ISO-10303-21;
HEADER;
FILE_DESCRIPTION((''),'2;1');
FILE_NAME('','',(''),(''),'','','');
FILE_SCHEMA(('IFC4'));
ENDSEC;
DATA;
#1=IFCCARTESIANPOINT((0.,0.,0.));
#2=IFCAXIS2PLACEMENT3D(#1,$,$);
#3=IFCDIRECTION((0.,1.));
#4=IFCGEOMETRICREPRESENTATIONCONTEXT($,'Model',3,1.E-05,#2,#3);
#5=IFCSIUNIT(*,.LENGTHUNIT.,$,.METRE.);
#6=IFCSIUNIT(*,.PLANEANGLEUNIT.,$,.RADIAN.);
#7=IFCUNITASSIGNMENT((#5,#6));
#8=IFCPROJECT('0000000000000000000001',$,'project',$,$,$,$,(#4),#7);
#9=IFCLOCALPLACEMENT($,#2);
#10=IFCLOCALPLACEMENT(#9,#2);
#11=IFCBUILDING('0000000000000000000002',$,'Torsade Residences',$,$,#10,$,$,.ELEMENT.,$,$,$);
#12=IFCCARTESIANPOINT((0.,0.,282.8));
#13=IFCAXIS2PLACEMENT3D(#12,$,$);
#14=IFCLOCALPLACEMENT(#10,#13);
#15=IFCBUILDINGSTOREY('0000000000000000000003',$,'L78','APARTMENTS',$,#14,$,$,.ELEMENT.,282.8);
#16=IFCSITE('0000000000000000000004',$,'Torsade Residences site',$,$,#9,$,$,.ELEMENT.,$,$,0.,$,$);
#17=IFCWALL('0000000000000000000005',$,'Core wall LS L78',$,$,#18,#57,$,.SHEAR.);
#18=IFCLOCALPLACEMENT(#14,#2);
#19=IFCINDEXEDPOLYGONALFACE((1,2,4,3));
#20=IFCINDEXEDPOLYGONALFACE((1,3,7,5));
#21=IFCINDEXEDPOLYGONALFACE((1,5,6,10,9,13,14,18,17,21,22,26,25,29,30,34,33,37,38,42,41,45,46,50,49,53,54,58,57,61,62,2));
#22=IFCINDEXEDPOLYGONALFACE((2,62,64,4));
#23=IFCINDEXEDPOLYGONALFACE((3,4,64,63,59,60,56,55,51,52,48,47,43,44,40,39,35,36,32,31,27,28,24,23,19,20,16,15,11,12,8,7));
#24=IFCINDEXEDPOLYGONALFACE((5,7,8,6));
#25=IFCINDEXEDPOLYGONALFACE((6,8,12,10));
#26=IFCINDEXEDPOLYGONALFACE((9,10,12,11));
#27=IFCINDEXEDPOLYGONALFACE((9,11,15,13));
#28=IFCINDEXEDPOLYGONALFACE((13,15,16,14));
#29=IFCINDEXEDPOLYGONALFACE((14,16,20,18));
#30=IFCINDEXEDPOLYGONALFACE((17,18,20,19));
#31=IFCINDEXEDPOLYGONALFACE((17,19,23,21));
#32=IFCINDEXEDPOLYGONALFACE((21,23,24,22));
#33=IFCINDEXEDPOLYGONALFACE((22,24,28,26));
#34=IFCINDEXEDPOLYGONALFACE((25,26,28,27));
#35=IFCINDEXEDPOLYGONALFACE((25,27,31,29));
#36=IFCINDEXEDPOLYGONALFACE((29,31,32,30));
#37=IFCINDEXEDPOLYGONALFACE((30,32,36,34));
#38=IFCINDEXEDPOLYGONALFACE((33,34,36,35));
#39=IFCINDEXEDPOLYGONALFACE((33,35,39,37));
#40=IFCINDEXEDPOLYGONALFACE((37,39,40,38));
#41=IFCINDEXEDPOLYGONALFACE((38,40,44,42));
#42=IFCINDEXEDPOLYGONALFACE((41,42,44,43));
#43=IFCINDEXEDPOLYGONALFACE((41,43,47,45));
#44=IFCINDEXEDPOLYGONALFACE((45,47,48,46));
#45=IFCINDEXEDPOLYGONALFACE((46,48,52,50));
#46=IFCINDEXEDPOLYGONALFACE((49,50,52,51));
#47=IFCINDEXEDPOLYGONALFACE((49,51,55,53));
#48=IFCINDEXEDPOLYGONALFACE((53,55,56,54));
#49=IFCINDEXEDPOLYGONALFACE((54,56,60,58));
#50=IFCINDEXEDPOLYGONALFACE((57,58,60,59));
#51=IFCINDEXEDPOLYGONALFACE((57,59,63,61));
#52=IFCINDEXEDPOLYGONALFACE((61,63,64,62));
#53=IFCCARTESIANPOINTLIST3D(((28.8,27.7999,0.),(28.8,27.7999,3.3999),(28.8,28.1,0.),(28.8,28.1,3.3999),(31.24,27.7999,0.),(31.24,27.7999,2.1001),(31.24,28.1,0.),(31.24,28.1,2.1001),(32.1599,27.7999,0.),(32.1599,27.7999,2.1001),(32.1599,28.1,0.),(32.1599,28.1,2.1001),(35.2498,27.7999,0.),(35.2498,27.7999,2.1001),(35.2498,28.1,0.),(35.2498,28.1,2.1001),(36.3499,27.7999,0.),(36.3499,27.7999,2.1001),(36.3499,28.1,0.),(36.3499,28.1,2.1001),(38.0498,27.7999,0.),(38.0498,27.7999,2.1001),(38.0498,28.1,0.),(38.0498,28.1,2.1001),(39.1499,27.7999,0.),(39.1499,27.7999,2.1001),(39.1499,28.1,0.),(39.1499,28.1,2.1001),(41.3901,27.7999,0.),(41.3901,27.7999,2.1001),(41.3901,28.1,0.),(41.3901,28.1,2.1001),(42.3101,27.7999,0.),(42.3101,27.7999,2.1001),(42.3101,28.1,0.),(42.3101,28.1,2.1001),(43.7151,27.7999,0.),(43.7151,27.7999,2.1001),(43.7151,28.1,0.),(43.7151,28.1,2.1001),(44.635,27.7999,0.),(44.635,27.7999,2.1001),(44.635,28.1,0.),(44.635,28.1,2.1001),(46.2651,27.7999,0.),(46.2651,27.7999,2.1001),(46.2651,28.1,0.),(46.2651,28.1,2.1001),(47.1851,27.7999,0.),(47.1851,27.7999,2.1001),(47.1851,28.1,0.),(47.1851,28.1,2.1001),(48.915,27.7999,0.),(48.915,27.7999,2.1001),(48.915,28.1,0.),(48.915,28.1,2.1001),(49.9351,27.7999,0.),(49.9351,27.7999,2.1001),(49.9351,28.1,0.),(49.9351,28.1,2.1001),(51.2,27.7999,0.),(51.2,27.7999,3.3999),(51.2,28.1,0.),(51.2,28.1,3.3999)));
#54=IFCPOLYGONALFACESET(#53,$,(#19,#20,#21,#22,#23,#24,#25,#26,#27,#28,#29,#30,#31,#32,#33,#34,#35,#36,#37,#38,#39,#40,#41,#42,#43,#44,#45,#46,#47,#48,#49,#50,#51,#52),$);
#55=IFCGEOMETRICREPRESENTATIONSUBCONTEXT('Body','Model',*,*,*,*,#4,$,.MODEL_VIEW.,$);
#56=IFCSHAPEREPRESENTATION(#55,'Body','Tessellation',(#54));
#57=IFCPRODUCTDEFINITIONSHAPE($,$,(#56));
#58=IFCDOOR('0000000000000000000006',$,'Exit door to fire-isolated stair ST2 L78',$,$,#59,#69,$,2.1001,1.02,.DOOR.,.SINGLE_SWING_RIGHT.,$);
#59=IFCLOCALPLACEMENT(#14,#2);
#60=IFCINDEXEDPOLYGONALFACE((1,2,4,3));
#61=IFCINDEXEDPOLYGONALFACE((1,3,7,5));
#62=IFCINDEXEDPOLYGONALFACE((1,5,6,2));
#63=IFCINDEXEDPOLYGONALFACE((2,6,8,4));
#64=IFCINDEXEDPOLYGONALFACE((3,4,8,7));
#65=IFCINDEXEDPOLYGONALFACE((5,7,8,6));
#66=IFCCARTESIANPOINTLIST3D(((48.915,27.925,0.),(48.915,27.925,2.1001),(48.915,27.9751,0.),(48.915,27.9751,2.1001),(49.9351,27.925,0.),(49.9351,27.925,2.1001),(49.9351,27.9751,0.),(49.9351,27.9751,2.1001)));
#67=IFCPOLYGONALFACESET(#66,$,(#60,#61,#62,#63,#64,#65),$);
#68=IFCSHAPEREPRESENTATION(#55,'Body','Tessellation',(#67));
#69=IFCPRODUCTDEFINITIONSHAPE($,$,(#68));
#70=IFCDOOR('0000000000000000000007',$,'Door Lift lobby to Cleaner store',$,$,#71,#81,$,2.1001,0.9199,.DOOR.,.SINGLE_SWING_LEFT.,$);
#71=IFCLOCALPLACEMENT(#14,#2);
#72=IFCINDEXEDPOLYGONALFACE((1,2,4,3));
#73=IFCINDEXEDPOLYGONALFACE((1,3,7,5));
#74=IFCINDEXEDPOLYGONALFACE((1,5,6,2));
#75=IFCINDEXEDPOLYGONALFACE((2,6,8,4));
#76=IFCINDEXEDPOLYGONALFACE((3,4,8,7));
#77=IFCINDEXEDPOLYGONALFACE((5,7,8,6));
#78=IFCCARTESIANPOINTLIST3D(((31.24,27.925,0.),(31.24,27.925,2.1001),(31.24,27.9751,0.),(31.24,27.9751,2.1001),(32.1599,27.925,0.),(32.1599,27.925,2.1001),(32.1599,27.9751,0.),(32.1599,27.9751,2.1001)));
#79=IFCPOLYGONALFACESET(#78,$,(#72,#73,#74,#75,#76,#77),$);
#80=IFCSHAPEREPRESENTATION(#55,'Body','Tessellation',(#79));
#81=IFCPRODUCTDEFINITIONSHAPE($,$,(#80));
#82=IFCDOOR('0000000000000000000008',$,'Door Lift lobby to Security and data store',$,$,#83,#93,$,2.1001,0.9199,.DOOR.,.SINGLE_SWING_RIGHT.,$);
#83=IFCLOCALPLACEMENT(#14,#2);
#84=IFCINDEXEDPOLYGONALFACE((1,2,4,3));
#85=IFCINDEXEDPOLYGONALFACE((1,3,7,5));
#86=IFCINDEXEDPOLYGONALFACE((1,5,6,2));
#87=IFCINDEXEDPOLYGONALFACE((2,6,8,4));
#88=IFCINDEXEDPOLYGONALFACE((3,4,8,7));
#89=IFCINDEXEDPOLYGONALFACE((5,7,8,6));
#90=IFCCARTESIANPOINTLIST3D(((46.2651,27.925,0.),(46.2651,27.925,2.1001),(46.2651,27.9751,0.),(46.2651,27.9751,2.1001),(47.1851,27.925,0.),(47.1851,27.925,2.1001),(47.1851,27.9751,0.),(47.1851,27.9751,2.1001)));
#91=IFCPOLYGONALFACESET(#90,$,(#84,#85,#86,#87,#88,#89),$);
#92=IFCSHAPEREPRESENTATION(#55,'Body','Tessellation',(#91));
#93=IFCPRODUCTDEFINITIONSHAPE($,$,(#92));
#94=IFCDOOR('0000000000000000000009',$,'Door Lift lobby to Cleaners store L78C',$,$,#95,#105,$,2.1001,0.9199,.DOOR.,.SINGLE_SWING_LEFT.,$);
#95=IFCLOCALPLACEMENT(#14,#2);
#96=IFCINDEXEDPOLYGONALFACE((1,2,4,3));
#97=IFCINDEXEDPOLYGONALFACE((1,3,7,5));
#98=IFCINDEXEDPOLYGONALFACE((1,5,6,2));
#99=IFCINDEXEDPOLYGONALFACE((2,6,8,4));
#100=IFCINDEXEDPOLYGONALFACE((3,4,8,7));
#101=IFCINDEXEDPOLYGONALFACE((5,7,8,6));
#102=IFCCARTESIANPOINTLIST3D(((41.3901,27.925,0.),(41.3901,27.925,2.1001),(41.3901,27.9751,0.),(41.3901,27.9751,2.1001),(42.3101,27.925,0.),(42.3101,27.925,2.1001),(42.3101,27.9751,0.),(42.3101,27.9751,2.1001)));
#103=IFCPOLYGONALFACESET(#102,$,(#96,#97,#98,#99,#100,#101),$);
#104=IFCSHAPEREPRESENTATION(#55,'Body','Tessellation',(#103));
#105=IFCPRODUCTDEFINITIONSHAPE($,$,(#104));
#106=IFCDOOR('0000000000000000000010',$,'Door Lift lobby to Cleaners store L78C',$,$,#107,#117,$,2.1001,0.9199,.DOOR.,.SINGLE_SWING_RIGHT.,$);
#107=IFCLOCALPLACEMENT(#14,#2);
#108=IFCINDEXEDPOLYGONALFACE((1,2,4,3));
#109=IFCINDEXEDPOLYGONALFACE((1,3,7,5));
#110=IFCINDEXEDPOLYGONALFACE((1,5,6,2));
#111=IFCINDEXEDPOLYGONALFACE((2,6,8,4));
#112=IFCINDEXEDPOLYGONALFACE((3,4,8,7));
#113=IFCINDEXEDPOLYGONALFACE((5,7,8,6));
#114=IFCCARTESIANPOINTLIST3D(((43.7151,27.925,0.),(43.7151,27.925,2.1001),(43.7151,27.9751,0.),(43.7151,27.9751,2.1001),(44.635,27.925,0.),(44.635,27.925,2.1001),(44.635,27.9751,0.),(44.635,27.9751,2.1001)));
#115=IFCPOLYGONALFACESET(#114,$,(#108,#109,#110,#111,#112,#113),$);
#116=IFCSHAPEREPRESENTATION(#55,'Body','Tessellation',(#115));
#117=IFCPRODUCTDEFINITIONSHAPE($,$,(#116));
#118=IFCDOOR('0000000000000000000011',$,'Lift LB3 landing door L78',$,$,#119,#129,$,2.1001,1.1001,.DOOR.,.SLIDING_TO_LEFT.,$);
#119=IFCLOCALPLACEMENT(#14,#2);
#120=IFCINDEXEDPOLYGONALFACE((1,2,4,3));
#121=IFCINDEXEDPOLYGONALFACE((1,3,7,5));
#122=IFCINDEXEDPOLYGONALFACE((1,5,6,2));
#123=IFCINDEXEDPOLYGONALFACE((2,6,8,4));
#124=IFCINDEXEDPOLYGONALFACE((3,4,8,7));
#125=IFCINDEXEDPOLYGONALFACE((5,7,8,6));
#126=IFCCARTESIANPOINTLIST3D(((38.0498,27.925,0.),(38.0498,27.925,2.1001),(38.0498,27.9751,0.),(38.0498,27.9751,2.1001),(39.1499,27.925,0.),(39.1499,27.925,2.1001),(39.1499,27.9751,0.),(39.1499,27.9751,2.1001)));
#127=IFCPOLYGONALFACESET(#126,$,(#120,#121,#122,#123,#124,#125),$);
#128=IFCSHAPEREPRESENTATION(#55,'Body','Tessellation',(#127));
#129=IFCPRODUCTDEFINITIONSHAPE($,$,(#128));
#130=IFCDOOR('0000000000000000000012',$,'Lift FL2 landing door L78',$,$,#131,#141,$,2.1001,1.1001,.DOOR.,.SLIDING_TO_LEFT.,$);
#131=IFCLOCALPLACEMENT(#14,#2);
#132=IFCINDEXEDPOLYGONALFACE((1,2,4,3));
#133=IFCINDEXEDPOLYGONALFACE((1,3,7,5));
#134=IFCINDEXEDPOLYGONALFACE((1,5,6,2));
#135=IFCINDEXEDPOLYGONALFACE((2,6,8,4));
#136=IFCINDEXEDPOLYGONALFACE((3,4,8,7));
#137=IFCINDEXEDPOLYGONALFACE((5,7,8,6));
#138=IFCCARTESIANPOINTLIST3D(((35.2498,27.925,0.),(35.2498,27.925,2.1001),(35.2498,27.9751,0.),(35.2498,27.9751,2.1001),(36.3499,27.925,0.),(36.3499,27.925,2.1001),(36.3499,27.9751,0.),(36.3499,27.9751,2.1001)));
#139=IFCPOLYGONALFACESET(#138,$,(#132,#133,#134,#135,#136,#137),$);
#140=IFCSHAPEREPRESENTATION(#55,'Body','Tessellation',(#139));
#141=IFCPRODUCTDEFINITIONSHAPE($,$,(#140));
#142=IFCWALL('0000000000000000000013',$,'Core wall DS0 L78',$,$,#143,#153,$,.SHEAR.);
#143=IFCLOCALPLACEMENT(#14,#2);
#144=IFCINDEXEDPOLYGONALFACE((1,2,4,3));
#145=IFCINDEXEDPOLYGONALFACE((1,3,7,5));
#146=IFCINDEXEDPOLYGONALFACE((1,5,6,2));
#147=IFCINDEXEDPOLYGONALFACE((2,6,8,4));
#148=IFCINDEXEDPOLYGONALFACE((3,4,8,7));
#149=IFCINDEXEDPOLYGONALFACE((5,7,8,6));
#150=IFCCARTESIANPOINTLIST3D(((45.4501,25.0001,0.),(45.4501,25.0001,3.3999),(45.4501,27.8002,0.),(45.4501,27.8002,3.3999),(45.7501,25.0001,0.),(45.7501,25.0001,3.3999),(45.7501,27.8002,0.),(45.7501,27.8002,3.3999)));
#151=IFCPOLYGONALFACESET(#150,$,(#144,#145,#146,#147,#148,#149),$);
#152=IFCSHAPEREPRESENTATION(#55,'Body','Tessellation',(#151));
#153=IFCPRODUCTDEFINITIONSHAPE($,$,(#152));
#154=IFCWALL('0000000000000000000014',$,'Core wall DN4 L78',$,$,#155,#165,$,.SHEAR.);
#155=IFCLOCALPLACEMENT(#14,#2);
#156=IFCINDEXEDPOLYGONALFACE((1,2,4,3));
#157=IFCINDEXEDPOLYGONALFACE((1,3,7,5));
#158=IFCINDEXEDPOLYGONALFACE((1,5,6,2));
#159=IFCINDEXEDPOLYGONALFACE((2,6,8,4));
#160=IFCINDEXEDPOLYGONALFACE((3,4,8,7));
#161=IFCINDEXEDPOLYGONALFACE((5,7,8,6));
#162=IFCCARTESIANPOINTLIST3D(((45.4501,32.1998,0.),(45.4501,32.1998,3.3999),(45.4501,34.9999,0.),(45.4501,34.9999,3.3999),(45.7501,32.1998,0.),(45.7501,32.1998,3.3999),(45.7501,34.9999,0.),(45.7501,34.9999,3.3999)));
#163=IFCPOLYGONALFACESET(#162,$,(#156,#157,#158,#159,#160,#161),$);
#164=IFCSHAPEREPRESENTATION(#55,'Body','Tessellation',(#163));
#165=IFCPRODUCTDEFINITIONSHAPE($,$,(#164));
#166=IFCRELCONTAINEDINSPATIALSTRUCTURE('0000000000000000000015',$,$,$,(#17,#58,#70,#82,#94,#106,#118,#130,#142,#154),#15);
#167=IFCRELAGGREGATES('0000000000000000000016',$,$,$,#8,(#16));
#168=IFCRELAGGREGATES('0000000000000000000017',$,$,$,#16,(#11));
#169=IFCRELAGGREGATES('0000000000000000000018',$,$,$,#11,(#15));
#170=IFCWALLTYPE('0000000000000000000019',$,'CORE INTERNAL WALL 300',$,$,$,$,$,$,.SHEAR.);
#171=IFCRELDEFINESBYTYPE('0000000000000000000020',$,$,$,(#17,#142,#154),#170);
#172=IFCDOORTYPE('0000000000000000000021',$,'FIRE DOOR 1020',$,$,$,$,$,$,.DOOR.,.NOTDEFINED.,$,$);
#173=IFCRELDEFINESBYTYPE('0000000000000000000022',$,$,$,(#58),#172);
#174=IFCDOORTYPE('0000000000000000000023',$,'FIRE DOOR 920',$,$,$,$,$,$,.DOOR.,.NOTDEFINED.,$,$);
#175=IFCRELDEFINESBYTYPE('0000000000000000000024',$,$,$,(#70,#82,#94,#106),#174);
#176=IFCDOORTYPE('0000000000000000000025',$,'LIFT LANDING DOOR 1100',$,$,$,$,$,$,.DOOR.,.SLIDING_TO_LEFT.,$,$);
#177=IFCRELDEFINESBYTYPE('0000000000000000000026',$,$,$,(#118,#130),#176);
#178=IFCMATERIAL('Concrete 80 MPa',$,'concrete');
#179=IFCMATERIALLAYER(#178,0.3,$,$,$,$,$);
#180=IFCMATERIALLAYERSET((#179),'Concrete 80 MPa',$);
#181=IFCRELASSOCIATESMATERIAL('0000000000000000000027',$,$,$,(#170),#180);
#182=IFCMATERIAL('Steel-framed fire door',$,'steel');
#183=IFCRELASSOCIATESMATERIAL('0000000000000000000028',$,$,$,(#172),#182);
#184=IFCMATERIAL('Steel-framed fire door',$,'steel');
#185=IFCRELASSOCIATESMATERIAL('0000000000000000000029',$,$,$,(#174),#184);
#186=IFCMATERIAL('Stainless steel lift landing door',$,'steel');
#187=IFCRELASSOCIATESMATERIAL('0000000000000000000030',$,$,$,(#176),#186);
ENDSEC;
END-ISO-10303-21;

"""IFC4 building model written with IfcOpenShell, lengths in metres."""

from ifc_helpers import new_model, si_unit, direction, frame, frame_2d, origin, place, context, subcontext, project, spatial, rectangle, extrude, material, layer, layer_set, type_object, element, fill, save


model = new_model("IFC4")

# Units and contexts
model_context = context("Model", 3, precision=1e-05, world=origin(), true_north=direction((0.0, 1.0)))
body_context = subcontext(model_context, "Body", "Model", "MODEL_VIEW")
ifc_project = project(units=[si_unit("LENGTHUNIT", "METRE"), si_unit("PLANEANGLEUNIT", "RADIAN")], contexts=[model_context])

# Site, building, storey
site_placement = place(None, origin())
site = spatial("IfcSite", under=ifc_project, at=site_placement, Name="Torsade Residences site", CompositionType="ELEMENT", RefElevation=0.0)
building_placement = place(site_placement, origin())
building = spatial("IfcBuilding", under=site, at=building_placement, Name="Torsade Residences", CompositionType="ELEMENT")
storey_placement = place(building_placement, frame((0.0, 0.0, 282.8)))
storey = spatial("IfcBuildingStorey", under=building, at=storey_placement, Name="L78", Description="APARTMENTS", CompositionType="ELEMENT", Elevation=282.8)

# Wall, openings, doors
ifc_material_1 = material(Name="Concrete 80 MPa", Category="concrete")
ifc_layer_1 = layer(ifc_material_1, 0.3)
ifc_layer_set_1 = layer_set([ifc_layer_1], Name="Concrete 80 MPa")
wall_type_1 = type_object("IfcWallType", Name="CORE INTERNAL WALL 300", PredefinedType="SHEAR", material=ifc_layer_set_1)
wall_1_placement = place(storey_placement, frame((51.2, 27.95, 0.0), z_axis=(0.0, 0.0, 1.0), x_axis=(-1.0, 0.0, 0.0)))
wall_1 = element("IfcWall", 1, at=wall_1_placement, inside=storey, type_object=wall_type_1, Name="Core wall LS L78", PredefinedType="SHEAR", context=body_context, shape_type="SweptSolid", body=[
    extrude(rectangle(XDim=22.3999, YDim=0.3, at=frame_2d((11.2, 0.0))), origin(), (0.0, 0.0, 1.0), 3.3999),
])
opening_1_placement = place(wall_1_placement, frame((19.04, 0.0, 0.0)))
opening_1 = element("IfcOpeningElement", 2, at=opening_1_placement, cuts=wall_1, PredefinedType="OPENING", context=body_context, shape_type="SweptSolid", body=[
    extrude(rectangle(XDim=0.9199, YDim=2.1001, at=frame_2d((0.46, 1.05))), frame((0.0, 0.1599, 0.0), z_axis=(0.0, -1.0, 0.0), x_axis=(1.0, 0.0, 0.0)), (0.0, 0.0, 1.0), 0.3201),
])
opening_2_placement = place(wall_1_placement, frame((1.2649, 0.0, 0.0)))
opening_2 = element("IfcOpeningElement", 3, at=opening_2_placement, cuts=wall_1, PredefinedType="OPENING", context=body_context, shape_type="SweptSolid", body=[
    extrude(rectangle(XDim=1.02, YDim=2.1001, at=frame_2d((0.51, 1.05))), frame((0.0, 0.1599, 0.0), z_axis=(0.0, -1.0, 0.0), x_axis=(1.0, 0.0, 0.0)), (0.0, 0.0, 1.0), 0.3201),
])
opening_3_placement = place(wall_1_placement, frame((4.0149, 0.0, 0.0)))
opening_3 = element("IfcOpeningElement", 4, at=opening_3_placement, cuts=wall_1, PredefinedType="OPENING", context=body_context, shape_type="SweptSolid", body=[
    extrude(rectangle(XDim=0.9199, YDim=2.1001, at=frame_2d((0.46, 1.05))), frame((0.0, 0.1599, 0.0), z_axis=(0.0, -1.0, 0.0), x_axis=(1.0, 0.0, 0.0)), (0.0, 0.0, 1.0), 0.3201),
])
opening_4_placement = place(wall_1_placement, frame((8.8899, 0.0, 0.0)))
opening_4 = element("IfcOpeningElement", 5, at=opening_4_placement, cuts=wall_1, PredefinedType="OPENING", context=body_context, shape_type="SweptSolid", body=[
    extrude(rectangle(XDim=0.9199, YDim=2.1001, at=frame_2d((0.46, 1.05))), frame((0.0, 0.1599, 0.0), z_axis=(0.0, -1.0, 0.0), x_axis=(1.0, 0.0, 0.0)), (0.0, 0.0, 1.0), 0.3201),
])
opening_5_placement = place(wall_1_placement, frame((6.5649, 0.0, 0.0)))
opening_5 = element("IfcOpeningElement", 6, at=opening_5_placement, cuts=wall_1, PredefinedType="OPENING", context=body_context, shape_type="SweptSolid", body=[
    extrude(rectangle(XDim=0.9199, YDim=2.1001, at=frame_2d((0.46, 1.05))), frame((0.0, 0.1599, 0.0), z_axis=(0.0, -1.0, 0.0), x_axis=(1.0, 0.0, 0.0)), (0.0, 0.0, 1.0), 0.3201),
])
opening_6_placement = place(wall_1_placement, frame((12.05, 0.0, 0.0)))
opening_6 = element("IfcOpeningElement", 7, at=opening_6_placement, cuts=wall_1, PredefinedType="OPENING", context=body_context, shape_type="SweptSolid", body=[
    extrude(rectangle(XDim=1.1001, YDim=2.1001, at=frame_2d((0.55, 1.05))), frame((0.0, 0.1599, 0.0), z_axis=(0.0, -1.0, 0.0), x_axis=(1.0, 0.0, 0.0)), (0.0, 0.0, 1.0), 0.3201),
])
opening_7_placement = place(wall_1_placement, frame((14.8501, 0.0, 0.0)))
opening_7 = element("IfcOpeningElement", 8, at=opening_7_placement, cuts=wall_1, PredefinedType="OPENING", context=body_context, shape_type="SweptSolid", body=[
    extrude(rectangle(XDim=1.1001, YDim=2.1001, at=frame_2d((0.55, 1.05))), frame((0.0, 0.1599, 0.0), z_axis=(0.0, -1.0, 0.0), x_axis=(1.0, 0.0, 0.0)), (0.0, 0.0, 1.0), 0.3201),
])
ifc_material_2 = material(Name="Steel-framed fire door", Category="steel")
door_type_1 = type_object("IfcDoorType", Name="FIRE DOOR 1020", OperationType="NOTDEFINED", PredefinedType="DOOR", material=ifc_material_2)
door_1_placement = place(opening_2_placement, origin())
door_1 = element("IfcDoor", 9, at=door_1_placement, inside=storey, type_object=door_type_1, Name="Exit door to fire-isolated stair ST2 L78", OperationType="SINGLE_SWING_RIGHT", OverallHeight=2.1001, OverallWidth=1.02, PredefinedType="DOOR", context=body_context, shape_type="SweptSolid", body=[
    extrude(rectangle(XDim=1.02, YDim=2.1001, at=frame_2d((0.51, 1.05))), frame((0.0, 0.0249, 0.0), z_axis=(0.0, -1.0, 0.0), x_axis=(1.0, 0.0, 0.0)), (0.0, 0.0, 1.0), 0.05),
])
fill(opening_2, door_1)
ifc_material_3 = material(Name="Steel-framed fire door", Category="steel")
door_type_2 = type_object("IfcDoorType", Name="FIRE DOOR 920", OperationType="NOTDEFINED", PredefinedType="DOOR", material=ifc_material_3)
door_2_placement = place(opening_1_placement, origin())
door_2 = element("IfcDoor", 10, at=door_2_placement, inside=storey, type_object=door_type_2, Name="Door Lift lobby to Cleaner store", OperationType="SINGLE_SWING_LEFT", OverallHeight=2.1001, OverallWidth=0.9199, PredefinedType="DOOR", context=body_context, shape_type="SweptSolid", body=[
    extrude(rectangle(XDim=0.9199, YDim=2.1001, at=frame_2d((0.46, 1.05))), frame((0.0, 0.0249, 0.0), z_axis=(0.0, -1.0, 0.0), x_axis=(1.0, 0.0, 0.0)), (0.0, 0.0, 1.0), 0.05),
])
fill(opening_1, door_2)
door_3_placement = place(opening_3_placement, origin())
door_3 = element("IfcDoor", 11, at=door_3_placement, inside=storey, type_object=door_type_2, Name="Door Lift lobby to Security and data store", OperationType="SINGLE_SWING_RIGHT", OverallHeight=2.1001, OverallWidth=0.9199, PredefinedType="DOOR", context=body_context, shape_type="SweptSolid", body=[
    extrude(rectangle(XDim=0.9199, YDim=2.1001, at=frame_2d((0.46, 1.05))), frame((0.0, 0.0249, 0.0), z_axis=(0.0, -1.0, 0.0), x_axis=(1.0, 0.0, 0.0)), (0.0, 0.0, 1.0), 0.05),
])
fill(opening_3, door_3)
door_4_placement = place(opening_4_placement, origin())
door_4 = element("IfcDoor", 12, at=door_4_placement, inside=storey, type_object=door_type_2, Name="Door Lift lobby to Cleaners store L78C", OperationType="SINGLE_SWING_LEFT", OverallHeight=2.1001, OverallWidth=0.9199, PredefinedType="DOOR", context=body_context, shape_type="SweptSolid", body=[
    extrude(rectangle(XDim=0.9199, YDim=2.1001, at=frame_2d((0.46, 1.05))), frame((0.0, 0.0249, 0.0), z_axis=(0.0, -1.0, 0.0), x_axis=(1.0, 0.0, 0.0)), (0.0, 0.0, 1.0), 0.05),
])
fill(opening_4, door_4)
door_5_placement = place(opening_5_placement, origin())
door_5 = element("IfcDoor", 13, at=door_5_placement, inside=storey, type_object=door_type_2, Name="Door Lift lobby to Cleaners store L78C", OperationType="SINGLE_SWING_RIGHT", OverallHeight=2.1001, OverallWidth=0.9199, PredefinedType="DOOR", context=body_context, shape_type="SweptSolid", body=[
    extrude(rectangle(XDim=0.9199, YDim=2.1001, at=frame_2d((0.46, 1.05))), frame((0.0, 0.0249, 0.0), z_axis=(0.0, -1.0, 0.0), x_axis=(1.0, 0.0, 0.0)), (0.0, 0.0, 1.0), 0.05),
])
fill(opening_5, door_5)
ifc_material_4 = material(Name="Stainless steel lift landing door", Category="steel")
door_type_3 = type_object("IfcDoorType", Name="LIFT LANDING DOOR 1100", OperationType="SLIDING_TO_LEFT", PredefinedType="DOOR", material=ifc_material_4)
door_6_placement = place(opening_6_placement, origin())
door_6 = element("IfcDoor", 14, at=door_6_placement, inside=storey, type_object=door_type_3, Name="Lift LB3 landing door L78", OperationType="SLIDING_TO_LEFT", OverallHeight=2.1001, OverallWidth=1.1001, PredefinedType="DOOR", context=body_context, shape_type="SweptSolid", body=[
    extrude(rectangle(XDim=1.1001, YDim=2.1001, at=frame_2d((0.55, 1.05))), frame((0.0, 0.0249, 0.0), z_axis=(0.0, -1.0, 0.0), x_axis=(1.0, 0.0, 0.0)), (0.0, 0.0, 1.0), 0.05),
])
fill(opening_6, door_6)
door_7_placement = place(opening_7_placement, origin())
door_7 = element("IfcDoor", 15, at=door_7_placement, inside=storey, type_object=door_type_3, Name="Lift FL2 landing door L78", OperationType="SLIDING_TO_LEFT", OverallHeight=2.1001, OverallWidth=1.1001, PredefinedType="DOOR", context=body_context, shape_type="SweptSolid", body=[
    extrude(rectangle(XDim=1.1001, YDim=2.1001, at=frame_2d((0.55, 1.05))), frame((0.0, 0.0249, 0.0), z_axis=(0.0, -1.0, 0.0), x_axis=(1.0, 0.0, 0.0)), (0.0, 0.0, 1.0), 0.05),
])
fill(opening_7, door_7)

# Walls
for number, where, z_axis, x_axis, name in (
    (16, (45.6001, 27.8, 0.0), (0.0, 0.0, 1.0), (0.0, -1.0, 0.0), "Core wall DS0 L78"),
    (17, (45.6001, 32.2, 0.0), (0.0, 0.0, 1.0), (0.0, 1.0, 0.0), "Core wall DN4 L78"),
):
    element("IfcWall", number, at=place(storey_placement, frame(where, z_axis=z_axis, x_axis=x_axis)), inside=storey, type_object=wall_type_1, Name=name, PredefinedType="SHEAR", context=body_context, shape_type="SweptSolid", body=[
        extrude(rectangle(XDim=2.8, YDim=0.3, at=frame_2d((1.3999, 0.0))), origin(), (0.0, 0.0, 1.0), 3.3999),
    ])

save(model, "model.ifc")
